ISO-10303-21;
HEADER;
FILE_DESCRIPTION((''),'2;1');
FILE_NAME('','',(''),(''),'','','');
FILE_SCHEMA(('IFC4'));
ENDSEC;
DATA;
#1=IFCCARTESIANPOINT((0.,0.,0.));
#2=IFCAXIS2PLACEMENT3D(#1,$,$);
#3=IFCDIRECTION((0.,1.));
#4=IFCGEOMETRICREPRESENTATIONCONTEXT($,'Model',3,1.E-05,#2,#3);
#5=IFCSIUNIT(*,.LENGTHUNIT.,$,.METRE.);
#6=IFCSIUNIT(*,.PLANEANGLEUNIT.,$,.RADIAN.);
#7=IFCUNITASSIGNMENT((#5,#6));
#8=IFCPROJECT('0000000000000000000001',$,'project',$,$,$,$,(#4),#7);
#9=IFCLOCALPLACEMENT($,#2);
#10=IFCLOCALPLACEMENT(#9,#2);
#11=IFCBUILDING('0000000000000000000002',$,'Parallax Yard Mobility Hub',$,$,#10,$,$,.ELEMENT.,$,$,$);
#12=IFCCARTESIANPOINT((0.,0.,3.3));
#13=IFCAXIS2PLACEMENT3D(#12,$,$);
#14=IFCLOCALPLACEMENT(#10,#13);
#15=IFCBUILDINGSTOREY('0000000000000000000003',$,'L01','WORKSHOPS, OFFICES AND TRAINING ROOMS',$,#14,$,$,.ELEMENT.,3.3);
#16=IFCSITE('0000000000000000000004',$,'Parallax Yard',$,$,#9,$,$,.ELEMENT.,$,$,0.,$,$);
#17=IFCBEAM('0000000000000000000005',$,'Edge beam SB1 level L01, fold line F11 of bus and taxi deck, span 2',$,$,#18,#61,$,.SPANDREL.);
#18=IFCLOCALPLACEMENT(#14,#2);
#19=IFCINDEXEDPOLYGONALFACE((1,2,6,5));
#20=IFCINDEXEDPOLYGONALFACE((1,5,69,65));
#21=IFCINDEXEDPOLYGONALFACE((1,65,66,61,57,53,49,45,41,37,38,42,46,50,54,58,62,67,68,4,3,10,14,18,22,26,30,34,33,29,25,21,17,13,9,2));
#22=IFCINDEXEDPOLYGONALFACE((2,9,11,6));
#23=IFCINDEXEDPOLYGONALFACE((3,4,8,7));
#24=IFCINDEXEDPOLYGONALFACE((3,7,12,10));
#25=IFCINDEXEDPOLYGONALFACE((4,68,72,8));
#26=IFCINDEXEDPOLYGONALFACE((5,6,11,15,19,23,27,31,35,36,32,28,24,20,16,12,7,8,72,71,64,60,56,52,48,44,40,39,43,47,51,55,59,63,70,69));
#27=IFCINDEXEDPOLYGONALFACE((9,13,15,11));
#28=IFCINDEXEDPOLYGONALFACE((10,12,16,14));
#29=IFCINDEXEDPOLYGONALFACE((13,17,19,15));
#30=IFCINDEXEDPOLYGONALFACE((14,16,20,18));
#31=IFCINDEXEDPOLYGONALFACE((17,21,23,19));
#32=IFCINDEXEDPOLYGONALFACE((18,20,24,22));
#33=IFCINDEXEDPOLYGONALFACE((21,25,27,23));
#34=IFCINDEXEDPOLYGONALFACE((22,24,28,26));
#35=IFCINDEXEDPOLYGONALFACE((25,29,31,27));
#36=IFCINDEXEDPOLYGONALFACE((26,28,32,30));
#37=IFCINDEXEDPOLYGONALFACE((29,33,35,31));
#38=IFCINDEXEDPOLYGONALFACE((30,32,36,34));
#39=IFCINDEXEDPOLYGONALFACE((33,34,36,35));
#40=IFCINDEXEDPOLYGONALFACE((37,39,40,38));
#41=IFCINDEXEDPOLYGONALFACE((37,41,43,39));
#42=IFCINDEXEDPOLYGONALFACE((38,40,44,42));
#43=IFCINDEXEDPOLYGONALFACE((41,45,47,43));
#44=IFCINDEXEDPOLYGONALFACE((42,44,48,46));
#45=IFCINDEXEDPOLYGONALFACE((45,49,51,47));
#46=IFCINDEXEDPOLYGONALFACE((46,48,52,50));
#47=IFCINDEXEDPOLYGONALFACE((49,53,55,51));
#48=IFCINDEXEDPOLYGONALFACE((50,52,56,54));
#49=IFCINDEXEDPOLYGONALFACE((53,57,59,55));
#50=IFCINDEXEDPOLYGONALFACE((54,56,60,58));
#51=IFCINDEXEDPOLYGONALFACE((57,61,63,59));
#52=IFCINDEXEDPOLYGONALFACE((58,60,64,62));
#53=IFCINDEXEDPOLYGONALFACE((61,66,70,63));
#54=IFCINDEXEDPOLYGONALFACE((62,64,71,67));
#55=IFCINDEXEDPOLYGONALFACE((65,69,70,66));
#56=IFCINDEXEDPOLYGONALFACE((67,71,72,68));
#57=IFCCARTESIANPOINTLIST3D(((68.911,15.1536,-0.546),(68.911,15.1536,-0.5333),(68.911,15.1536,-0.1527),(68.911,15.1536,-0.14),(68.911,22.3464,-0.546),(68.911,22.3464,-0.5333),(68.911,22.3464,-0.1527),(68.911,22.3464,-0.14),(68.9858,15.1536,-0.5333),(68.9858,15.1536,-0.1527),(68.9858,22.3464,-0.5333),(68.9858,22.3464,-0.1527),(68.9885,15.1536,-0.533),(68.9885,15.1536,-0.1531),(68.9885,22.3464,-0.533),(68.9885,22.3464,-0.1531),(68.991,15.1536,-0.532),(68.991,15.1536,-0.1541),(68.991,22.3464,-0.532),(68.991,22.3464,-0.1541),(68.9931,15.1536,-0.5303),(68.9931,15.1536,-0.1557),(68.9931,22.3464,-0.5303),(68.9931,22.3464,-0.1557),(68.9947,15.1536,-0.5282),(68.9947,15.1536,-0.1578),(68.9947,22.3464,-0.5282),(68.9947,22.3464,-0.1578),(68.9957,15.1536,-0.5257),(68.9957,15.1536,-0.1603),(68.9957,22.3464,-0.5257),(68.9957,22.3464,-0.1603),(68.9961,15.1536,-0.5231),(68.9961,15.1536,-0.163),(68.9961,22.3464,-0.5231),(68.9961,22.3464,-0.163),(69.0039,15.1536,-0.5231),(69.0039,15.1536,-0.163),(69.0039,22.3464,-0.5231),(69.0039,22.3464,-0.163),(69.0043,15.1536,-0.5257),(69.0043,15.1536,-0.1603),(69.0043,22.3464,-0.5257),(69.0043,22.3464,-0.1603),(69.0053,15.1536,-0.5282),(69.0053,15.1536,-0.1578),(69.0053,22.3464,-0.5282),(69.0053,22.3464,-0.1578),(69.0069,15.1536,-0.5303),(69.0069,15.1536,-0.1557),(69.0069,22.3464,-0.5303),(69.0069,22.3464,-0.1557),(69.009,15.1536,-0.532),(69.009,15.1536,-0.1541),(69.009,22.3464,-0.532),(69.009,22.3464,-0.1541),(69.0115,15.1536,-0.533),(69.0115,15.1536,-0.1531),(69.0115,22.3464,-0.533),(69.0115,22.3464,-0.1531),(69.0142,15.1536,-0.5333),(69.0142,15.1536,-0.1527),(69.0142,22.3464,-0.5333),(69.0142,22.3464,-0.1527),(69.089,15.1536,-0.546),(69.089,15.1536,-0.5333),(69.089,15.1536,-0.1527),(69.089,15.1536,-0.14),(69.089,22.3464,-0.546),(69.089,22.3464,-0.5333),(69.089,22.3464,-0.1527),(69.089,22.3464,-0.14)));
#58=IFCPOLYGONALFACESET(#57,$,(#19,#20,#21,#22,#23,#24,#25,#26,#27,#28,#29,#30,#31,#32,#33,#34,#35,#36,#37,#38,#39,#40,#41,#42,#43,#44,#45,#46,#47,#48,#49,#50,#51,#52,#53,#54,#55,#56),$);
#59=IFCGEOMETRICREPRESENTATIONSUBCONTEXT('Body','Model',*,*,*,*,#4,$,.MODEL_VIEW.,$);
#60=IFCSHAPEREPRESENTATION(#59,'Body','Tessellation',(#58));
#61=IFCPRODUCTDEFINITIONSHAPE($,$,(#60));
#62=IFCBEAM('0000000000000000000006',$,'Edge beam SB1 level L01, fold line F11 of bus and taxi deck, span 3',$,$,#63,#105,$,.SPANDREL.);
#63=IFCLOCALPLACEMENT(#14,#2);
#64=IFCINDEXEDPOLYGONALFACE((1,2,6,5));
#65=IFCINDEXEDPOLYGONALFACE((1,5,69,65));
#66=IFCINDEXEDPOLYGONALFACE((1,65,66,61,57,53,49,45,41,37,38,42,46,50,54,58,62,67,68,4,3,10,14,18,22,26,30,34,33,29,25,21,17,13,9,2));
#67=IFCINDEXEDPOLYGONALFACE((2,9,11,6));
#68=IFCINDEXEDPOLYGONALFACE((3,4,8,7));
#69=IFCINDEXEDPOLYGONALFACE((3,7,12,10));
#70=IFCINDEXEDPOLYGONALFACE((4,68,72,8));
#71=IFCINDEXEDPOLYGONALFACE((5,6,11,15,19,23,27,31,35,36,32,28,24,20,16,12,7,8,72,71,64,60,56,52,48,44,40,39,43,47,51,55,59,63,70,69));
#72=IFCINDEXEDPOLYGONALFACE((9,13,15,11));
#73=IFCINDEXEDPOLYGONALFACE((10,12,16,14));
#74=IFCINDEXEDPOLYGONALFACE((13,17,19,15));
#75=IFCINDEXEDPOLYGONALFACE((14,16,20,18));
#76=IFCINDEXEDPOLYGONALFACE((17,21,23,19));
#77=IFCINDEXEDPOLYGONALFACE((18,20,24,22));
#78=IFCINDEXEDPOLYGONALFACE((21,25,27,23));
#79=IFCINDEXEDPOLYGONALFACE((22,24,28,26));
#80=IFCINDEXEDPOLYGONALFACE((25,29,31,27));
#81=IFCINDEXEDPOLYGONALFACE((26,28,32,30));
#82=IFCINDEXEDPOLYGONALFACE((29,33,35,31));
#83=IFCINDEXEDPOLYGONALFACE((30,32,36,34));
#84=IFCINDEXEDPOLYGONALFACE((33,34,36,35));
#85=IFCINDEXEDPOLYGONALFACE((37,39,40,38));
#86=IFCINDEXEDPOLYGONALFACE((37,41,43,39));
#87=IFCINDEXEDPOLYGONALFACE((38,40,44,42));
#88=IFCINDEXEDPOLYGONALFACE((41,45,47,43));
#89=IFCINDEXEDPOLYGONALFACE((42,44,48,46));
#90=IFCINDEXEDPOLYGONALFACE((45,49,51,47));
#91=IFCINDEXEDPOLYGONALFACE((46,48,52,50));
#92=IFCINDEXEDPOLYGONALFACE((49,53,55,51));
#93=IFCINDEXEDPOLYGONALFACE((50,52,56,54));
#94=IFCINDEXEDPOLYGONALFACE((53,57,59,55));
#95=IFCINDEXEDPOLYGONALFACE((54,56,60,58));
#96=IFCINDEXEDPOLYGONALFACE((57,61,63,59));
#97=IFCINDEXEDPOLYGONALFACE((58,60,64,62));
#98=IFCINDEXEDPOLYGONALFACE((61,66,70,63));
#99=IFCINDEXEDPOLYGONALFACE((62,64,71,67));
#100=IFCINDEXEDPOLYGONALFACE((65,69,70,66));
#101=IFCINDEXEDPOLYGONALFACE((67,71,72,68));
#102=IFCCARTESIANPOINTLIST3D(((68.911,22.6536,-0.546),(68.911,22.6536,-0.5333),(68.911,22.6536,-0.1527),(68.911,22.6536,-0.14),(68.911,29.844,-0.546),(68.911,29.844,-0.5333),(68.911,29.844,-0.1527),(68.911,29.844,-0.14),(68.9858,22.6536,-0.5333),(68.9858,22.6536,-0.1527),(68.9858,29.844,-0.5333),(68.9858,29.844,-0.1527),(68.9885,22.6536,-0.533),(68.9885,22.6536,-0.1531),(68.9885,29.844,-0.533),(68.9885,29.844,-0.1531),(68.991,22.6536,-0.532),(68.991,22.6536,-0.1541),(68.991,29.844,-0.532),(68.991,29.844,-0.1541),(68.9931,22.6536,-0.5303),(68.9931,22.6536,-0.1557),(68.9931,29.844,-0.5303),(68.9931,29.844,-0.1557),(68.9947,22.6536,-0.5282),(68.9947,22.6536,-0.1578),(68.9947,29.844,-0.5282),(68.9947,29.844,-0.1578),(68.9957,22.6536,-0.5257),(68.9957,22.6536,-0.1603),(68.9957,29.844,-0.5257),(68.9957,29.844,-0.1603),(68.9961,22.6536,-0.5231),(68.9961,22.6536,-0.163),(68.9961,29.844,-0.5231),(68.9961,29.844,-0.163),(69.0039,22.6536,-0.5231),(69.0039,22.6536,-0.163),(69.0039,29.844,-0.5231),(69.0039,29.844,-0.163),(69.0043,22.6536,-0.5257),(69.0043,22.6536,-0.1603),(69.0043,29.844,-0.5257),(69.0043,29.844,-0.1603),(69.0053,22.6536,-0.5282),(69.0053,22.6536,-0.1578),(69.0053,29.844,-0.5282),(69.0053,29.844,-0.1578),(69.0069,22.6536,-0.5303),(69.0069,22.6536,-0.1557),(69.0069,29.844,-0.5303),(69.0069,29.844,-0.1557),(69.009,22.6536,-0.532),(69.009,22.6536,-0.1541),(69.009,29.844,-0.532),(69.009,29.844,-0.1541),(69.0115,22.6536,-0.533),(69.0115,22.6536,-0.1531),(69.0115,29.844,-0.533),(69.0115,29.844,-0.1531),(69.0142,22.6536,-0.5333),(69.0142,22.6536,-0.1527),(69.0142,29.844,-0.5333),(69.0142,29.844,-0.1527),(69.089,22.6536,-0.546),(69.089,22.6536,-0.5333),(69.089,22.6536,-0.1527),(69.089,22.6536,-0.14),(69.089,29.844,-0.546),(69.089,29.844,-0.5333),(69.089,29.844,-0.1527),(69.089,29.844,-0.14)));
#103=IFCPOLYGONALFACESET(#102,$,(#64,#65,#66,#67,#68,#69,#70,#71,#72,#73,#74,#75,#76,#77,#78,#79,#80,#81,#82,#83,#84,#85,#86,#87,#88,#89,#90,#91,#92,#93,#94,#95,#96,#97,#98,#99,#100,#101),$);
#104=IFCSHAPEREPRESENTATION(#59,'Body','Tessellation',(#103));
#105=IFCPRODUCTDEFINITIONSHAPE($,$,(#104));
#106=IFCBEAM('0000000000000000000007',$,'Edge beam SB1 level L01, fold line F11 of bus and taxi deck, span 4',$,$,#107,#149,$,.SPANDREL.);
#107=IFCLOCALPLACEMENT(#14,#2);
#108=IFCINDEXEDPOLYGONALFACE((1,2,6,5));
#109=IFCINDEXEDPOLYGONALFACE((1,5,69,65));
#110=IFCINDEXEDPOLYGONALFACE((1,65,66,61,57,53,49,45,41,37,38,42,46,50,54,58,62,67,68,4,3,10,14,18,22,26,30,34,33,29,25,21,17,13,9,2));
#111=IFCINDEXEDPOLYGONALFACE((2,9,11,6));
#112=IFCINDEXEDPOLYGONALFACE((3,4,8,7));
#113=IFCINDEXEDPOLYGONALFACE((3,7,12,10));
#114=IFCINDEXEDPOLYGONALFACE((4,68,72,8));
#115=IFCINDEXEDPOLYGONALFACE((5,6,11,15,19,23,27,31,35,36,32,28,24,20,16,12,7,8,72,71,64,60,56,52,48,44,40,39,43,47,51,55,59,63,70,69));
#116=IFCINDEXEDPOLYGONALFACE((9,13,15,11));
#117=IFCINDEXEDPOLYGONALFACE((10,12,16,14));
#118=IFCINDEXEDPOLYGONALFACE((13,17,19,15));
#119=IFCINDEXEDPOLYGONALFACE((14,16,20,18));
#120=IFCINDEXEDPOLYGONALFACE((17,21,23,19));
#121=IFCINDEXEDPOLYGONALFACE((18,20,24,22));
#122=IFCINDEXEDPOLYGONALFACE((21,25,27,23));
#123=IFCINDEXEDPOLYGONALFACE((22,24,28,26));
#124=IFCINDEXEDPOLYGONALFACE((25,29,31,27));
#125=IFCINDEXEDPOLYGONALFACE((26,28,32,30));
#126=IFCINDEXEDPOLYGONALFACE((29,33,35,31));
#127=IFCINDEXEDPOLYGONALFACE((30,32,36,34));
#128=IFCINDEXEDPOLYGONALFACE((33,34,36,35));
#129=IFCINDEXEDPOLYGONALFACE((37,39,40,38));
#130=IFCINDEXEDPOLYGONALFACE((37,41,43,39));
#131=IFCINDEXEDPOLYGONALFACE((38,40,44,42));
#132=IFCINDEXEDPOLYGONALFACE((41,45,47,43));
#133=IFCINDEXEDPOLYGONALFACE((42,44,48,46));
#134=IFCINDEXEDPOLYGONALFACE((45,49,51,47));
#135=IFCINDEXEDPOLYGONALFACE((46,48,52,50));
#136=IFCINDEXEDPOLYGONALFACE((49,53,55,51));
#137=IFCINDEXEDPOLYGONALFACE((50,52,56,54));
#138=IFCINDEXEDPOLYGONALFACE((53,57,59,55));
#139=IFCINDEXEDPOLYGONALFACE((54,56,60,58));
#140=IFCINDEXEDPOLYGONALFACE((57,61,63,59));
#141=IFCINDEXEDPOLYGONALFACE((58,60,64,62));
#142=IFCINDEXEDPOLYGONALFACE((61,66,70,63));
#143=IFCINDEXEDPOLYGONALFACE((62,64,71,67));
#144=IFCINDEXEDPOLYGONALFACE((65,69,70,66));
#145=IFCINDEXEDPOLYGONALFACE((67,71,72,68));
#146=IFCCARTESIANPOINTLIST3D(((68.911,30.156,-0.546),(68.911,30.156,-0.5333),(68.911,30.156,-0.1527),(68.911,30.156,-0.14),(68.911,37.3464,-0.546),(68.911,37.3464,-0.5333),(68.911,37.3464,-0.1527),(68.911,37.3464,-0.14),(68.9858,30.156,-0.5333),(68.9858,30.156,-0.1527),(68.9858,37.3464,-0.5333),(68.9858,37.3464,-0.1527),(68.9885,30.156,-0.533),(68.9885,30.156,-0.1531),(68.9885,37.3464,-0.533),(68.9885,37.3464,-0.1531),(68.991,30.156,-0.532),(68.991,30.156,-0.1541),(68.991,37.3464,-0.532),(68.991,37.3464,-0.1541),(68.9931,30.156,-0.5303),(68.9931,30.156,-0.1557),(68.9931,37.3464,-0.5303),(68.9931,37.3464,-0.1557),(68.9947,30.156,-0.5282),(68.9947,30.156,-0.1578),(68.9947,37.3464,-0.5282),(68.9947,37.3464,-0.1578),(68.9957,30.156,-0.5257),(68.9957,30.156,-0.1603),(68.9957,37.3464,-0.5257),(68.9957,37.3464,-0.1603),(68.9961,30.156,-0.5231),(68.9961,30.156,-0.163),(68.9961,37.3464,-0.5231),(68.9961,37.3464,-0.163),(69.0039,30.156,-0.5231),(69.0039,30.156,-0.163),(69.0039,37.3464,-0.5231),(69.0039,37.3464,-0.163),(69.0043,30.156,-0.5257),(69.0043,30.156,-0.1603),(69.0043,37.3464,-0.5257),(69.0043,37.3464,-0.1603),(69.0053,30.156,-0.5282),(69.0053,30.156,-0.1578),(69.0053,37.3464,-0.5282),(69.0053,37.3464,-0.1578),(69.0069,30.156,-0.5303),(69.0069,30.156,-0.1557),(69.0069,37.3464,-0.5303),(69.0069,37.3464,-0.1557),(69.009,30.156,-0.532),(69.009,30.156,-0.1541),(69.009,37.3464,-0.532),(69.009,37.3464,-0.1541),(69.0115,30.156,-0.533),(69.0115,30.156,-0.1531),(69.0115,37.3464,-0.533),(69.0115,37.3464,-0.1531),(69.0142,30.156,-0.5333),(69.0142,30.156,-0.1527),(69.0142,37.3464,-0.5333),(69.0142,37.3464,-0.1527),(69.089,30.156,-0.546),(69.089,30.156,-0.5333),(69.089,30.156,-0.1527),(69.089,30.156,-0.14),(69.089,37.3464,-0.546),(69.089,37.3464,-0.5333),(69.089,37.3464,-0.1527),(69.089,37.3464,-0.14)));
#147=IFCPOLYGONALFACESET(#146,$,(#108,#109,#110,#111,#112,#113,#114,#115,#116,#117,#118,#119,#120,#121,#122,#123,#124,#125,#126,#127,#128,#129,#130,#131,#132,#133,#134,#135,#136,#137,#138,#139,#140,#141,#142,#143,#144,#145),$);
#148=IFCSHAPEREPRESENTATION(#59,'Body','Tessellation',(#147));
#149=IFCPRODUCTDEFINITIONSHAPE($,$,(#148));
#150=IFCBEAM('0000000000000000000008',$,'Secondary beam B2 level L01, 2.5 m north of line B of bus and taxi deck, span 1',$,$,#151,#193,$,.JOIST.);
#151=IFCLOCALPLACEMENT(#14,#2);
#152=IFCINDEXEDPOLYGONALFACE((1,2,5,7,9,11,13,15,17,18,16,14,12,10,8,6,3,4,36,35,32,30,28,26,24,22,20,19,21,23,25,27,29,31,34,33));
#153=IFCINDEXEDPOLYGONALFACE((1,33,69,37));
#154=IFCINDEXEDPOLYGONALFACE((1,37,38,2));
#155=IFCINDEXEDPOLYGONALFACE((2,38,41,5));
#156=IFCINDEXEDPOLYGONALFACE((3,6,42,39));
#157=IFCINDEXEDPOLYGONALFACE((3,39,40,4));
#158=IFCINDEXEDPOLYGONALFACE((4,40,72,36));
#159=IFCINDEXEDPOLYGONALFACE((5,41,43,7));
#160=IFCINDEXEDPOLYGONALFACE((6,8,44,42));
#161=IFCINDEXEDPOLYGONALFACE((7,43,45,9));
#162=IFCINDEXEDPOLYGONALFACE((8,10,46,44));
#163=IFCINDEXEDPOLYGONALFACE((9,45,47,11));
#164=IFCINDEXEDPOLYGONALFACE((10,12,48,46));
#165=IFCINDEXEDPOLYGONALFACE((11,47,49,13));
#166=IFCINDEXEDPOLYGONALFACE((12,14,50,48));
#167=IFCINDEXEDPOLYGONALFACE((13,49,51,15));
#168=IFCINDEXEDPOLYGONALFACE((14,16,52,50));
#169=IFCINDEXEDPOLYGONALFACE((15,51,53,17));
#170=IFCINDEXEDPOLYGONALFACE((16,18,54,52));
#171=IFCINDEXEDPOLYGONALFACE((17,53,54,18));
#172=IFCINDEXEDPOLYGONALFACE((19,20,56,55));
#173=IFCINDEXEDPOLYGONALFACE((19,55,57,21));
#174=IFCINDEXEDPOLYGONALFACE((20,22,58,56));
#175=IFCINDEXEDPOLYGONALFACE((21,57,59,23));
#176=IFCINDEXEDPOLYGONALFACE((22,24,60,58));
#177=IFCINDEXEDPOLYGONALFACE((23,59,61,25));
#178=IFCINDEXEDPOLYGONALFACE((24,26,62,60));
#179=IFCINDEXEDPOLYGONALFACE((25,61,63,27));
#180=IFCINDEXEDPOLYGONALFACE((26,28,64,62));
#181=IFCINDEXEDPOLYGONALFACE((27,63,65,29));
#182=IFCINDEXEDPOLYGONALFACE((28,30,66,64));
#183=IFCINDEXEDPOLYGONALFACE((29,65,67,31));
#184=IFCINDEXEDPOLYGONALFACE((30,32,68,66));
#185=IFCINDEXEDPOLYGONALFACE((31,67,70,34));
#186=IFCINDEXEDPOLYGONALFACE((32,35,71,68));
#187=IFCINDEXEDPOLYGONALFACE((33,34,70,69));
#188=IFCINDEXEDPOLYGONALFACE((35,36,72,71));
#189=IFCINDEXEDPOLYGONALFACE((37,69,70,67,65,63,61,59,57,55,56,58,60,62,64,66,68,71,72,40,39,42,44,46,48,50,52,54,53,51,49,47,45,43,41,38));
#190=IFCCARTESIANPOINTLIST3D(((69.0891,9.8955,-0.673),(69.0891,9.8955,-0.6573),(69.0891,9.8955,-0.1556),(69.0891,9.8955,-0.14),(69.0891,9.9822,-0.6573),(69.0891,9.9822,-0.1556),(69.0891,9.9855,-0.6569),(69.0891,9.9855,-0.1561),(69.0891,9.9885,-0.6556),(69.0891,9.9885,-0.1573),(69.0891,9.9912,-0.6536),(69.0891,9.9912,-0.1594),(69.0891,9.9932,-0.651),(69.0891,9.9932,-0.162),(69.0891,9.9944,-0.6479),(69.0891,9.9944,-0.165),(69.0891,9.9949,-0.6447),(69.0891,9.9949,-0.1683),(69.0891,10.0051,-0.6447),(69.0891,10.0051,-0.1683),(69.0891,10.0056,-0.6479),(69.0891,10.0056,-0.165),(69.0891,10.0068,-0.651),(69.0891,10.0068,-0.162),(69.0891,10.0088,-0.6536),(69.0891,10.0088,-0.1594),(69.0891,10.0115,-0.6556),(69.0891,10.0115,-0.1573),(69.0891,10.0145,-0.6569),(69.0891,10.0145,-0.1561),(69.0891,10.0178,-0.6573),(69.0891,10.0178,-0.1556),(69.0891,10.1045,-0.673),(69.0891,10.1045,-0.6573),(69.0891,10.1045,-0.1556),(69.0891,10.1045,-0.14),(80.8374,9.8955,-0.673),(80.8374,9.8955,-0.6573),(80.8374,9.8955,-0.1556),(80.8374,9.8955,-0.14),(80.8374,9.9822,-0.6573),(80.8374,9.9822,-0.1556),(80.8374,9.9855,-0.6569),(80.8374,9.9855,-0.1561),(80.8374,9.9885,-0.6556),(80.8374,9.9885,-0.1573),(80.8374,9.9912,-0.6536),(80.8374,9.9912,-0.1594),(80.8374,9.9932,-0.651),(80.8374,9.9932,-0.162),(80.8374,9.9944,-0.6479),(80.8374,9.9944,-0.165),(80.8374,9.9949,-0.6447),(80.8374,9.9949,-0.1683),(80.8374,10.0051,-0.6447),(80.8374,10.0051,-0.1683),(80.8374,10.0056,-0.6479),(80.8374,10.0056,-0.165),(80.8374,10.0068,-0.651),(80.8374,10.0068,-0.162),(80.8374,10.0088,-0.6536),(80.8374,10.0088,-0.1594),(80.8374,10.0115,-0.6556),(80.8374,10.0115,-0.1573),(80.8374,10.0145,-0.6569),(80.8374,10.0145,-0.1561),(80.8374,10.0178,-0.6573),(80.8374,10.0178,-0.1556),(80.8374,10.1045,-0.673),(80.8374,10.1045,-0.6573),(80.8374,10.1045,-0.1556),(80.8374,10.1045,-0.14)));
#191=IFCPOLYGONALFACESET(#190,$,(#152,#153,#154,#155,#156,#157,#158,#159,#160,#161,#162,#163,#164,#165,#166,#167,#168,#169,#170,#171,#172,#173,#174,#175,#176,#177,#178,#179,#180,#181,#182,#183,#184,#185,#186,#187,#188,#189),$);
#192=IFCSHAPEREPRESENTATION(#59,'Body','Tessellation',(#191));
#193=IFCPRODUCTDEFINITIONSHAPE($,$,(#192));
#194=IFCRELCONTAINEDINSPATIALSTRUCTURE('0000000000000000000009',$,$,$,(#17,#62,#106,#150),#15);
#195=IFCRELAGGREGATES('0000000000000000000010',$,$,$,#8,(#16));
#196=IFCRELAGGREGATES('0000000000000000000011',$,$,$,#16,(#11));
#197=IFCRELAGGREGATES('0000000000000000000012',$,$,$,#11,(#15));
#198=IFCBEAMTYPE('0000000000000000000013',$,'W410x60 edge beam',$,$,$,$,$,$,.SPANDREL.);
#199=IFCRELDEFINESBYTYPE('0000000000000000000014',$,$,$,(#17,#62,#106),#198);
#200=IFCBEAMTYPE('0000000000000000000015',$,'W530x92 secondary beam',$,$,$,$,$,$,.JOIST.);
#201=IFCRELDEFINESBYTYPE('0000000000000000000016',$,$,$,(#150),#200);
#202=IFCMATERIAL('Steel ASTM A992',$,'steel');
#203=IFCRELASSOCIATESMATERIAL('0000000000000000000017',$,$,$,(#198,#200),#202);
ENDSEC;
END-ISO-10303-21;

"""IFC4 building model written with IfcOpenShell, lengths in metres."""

from ifc_helpers import new_model, si_unit, direction, frame, origin, origin_2d, place, context, subcontext, project, spatial, i_section, extrude, material, material_profile, profile_set, type_object, element, save


model = new_model("IFC4")

# Units and contexts
model_context = context("Model", 3, precision=1e-05, world=origin(), true_north=direction((0.0, 1.0)))
body_context = subcontext(model_context, "Body", "Model", "MODEL_VIEW")
ifc_project = project(units=[si_unit("LENGTHUNIT", "METRE"), si_unit("PLANEANGLEUNIT", "RADIAN")], contexts=[model_context])

# Site, building, storey
site_placement = place(None, origin())
site = spatial("IfcSite", under=ifc_project, at=site_placement, Name="Parallax Yard", CompositionType="ELEMENT", RefElevation=0.0)
building_placement = place(site_placement, origin())
building = spatial("IfcBuilding", under=site, at=building_placement, Name="Parallax Yard Mobility Hub", CompositionType="ELEMENT")
storey_placement = place(building_placement, frame((0.0, 0.0, 3.3)))
storey = spatial("IfcBuildingStorey", under=building, at=storey_placement, Name="L01", Description="WORKSHOPS, OFFICES AND TRAINING ROOMS", CompositionType="ELEMENT", Elevation=3.3)

# Shared definitions
ifc_material_1 = material(Name="Steel ASTM A992", Category="steel")

# Beams
ifc_material_profile_1 = material_profile(ifc_material_1, i_section(OverallWidth=0.178, OverallDepth=0.406, WebThickness=0.0078, FlangeThickness=0.0127, FilletRadius=0.0103, at=origin_2d()), Name="W410x60")
ifc_profile_set_1 = profile_set([ifc_material_profile_1], Name="Steel ASTM A992")
beam_type_1 = type_object("IfcBeamType", Name="W410x60 edge beam", PredefinedType="SPANDREL", material=ifc_profile_set_1)
beam_1_placement = place(storey_placement, frame((69.0, 15.1536, -0.343), z_axis=(0.0, 1.0, 0.0), x_axis=(-1.0, 0.0, 0.0)))
element("IfcBeam", 1, at=beam_1_placement, inside=storey, type_object=beam_type_1, Name="Edge beam SB1 level L01, fold line F11 of bus and taxi deck, span 2", PredefinedType="SPANDREL", context=body_context, shape_type="SweptSolid", body=[
    extrude(i_section(OverallWidth=0.178, OverallDepth=0.406, WebThickness=0.0078, FlangeThickness=0.0127, FilletRadius=0.0103, at=origin_2d()), origin(), (0.0, 0.0, 1.0), 7.1929),
])
for number, where, z_axis, x_axis, name in (
    (2, (69.0, 22.6536, -0.343), (0.0, 1.0, 0.0), (-1.0, 0.0, 0.0), "Edge beam SB1 level L01, fold line F11 of bus and taxi deck, span 3"),
    (3, (69.0, 30.156, -0.343), (0.0, 1.0, 0.0), (-1.0, 0.0, 0.0), "Edge beam SB1 level L01, fold line F11 of bus and taxi deck, span 4"),
):
    element("IfcBeam", number, at=place(storey_placement, frame(where, z_axis=z_axis, x_axis=x_axis)), inside=storey, type_object=beam_type_1, Name=name, PredefinedType="SPANDREL", context=body_context, shape_type="SweptSolid", body=[
        extrude(i_section(OverallWidth=0.178, OverallDepth=0.406, WebThickness=0.0078, FlangeThickness=0.0127, FilletRadius=0.0103, at=origin_2d()), origin(), (0.0, 0.0, 1.0), 7.1904),
    ])
ifc_material_profile_2 = material_profile(ifc_material_1, i_section(OverallWidth=0.209, OverallDepth=0.533, WebThickness=0.0103, FlangeThickness=0.0156, FilletRadius=0.0127, at=origin_2d()), Name="W530x92")
ifc_profile_set_2 = profile_set([ifc_material_profile_2], Name="Steel ASTM A992")
beam_type_2 = type_object("IfcBeamType", Name="W530x92 secondary beam", PredefinedType="JOIST", material=ifc_profile_set_2)
beam_2_placement = place(storey_placement, frame((69.0891, 10.0, -0.4065), z_axis=(1.0, 0.0, 0.0), x_axis=(0.0, 1.0, 0.0)))
element("IfcBeam", 4, at=beam_2_placement, inside=storey, type_object=beam_type_2, Name="Secondary beam B2 level L01, 2.5 m north of line B of bus and taxi deck, span 1", PredefinedType="JOIST", context=body_context, shape_type="SweptSolid", body=[
    extrude(i_section(OverallWidth=0.209, OverallDepth=0.533, WebThickness=0.0103, FlangeThickness=0.0156, FilletRadius=0.0127, at=origin_2d()), origin(), (0.0, 0.0, 1.0), 11.7483),
])

save(model, "model.ifc")
